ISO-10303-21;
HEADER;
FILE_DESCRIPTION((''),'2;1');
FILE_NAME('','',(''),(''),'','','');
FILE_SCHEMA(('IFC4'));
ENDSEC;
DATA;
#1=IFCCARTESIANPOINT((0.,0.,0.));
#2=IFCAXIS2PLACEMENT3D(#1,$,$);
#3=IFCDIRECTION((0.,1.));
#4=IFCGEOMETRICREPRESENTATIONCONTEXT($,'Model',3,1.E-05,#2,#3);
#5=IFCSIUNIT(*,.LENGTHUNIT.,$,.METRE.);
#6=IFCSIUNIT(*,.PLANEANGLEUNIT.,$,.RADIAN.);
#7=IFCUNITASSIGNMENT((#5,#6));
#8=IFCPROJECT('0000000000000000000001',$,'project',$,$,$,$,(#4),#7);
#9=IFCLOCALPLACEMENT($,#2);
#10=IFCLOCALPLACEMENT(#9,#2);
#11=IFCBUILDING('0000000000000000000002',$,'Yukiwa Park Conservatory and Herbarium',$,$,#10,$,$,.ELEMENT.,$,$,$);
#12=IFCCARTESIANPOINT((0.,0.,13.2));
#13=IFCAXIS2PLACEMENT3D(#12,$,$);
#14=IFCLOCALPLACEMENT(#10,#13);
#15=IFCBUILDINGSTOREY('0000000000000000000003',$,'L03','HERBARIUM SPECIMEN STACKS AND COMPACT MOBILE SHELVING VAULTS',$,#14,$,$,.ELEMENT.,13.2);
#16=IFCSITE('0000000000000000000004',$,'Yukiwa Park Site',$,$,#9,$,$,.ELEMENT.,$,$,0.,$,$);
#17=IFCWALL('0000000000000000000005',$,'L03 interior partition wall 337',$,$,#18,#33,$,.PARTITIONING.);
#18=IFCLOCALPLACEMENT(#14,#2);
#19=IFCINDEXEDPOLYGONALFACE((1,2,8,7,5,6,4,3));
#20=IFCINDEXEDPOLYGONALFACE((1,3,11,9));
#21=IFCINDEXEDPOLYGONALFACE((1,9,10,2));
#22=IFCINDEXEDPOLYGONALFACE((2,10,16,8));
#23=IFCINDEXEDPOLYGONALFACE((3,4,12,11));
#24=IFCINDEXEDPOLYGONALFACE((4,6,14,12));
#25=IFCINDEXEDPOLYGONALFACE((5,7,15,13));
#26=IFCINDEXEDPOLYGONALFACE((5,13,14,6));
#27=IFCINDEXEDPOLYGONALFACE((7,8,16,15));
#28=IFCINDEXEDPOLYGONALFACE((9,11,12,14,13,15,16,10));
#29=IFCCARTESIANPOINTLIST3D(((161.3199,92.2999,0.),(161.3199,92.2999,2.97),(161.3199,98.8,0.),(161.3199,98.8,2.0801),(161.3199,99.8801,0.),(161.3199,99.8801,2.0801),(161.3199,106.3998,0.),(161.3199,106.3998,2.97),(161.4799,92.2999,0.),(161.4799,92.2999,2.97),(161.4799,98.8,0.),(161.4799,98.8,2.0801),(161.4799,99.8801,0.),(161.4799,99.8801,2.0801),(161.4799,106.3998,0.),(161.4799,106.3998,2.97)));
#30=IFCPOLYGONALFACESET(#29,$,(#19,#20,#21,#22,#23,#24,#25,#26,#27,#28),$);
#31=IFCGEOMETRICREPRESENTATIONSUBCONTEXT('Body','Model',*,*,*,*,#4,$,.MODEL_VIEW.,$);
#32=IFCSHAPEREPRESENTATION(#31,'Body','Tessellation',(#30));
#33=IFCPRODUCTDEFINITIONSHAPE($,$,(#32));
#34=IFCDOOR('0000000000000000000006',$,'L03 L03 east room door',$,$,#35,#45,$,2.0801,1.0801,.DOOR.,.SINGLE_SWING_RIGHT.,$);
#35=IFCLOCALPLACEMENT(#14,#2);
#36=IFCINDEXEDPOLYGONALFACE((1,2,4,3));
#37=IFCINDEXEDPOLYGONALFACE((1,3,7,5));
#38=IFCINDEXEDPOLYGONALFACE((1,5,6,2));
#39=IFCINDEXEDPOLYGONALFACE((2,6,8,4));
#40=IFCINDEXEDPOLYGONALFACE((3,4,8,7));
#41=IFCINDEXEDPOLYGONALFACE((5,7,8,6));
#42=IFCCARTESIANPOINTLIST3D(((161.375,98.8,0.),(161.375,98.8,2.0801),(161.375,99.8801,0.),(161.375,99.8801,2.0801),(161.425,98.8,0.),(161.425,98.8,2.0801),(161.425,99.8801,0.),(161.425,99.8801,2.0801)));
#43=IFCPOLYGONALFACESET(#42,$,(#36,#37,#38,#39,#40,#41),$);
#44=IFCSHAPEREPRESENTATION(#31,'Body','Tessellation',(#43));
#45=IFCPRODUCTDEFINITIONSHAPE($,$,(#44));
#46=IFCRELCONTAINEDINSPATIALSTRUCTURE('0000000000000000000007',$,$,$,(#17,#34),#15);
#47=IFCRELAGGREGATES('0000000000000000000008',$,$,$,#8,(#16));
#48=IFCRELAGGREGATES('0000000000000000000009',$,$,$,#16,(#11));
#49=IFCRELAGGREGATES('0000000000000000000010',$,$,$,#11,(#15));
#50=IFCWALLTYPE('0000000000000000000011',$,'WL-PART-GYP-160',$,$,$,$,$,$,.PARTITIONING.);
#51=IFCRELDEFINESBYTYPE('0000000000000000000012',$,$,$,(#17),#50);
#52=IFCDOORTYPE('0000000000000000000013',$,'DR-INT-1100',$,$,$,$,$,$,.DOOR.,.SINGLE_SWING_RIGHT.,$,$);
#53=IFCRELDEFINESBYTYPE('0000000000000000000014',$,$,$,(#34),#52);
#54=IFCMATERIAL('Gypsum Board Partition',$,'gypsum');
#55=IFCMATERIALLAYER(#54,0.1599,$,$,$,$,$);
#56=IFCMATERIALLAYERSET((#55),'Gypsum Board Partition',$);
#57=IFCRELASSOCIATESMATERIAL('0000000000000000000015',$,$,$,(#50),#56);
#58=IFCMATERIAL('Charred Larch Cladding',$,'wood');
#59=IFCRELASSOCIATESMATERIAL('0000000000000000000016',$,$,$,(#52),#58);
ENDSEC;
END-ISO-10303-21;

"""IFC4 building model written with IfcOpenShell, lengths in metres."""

from ifc_helpers import new_model, si_unit, direction, frame, frame_2d, origin, place, context, subcontext, project, spatial, rectangle, extrude, material, layer, layer_set, type_object, element, fill, save


model = new_model("IFC4")

# Units and contexts
model_context = context("Model", 3, precision=1e-05, world=origin(), true_north=direction((0.0, 1.0)))
body_context = subcontext(model_context, "Body", "Model", "MODEL_VIEW")
ifc_project = project(units=[si_unit("LENGTHUNIT", "METRE"), si_unit("PLANEANGLEUNIT", "RADIAN")], contexts=[model_context])

# Site, building, storey
site_placement = place(None, origin())
site = spatial("IfcSite", under=ifc_project, at=site_placement, Name="Yukiwa Park Site", CompositionType="ELEMENT", RefElevation=0.0)
building_placement = place(site_placement, origin())
building = spatial("IfcBuilding", under=site, at=building_placement, Name="Yukiwa Park Conservatory and Herbarium", CompositionType="ELEMENT")
storey_placement = place(building_placement, frame((0.0, 0.0, 13.2)))
storey = spatial("IfcBuildingStorey", under=building, at=storey_placement, Name="L03", Description="HERBARIUM SPECIMEN STACKS AND COMPACT MOBILE SHELVING VAULTS", CompositionType="ELEMENT", Elevation=13.2)

# Wall, opening, door
ifc_material_1 = material(Name="Gypsum Board Partition", Category="gypsum")
ifc_layer_1 = layer(ifc_material_1, 0.1599)
ifc_layer_set_1 = layer_set([ifc_layer_1], Name="Gypsum Board Partition")
wall_type_1 = type_object("IfcWallType", Name="WL-PART-GYP-160", PredefinedType="PARTITIONING", material=ifc_layer_set_1)
wall_1_placement = place(storey_placement, frame((161.3999, 92.3, 0.0), z_axis=(0.0, 0.0, 1.0), x_axis=(0.0, 1.0, 0.0)))
wall_1 = element("IfcWall", 1, at=wall_1_placement, inside=storey, type_object=wall_type_1, Name="L03 interior partition wall 337", PredefinedType="PARTITIONING", context=body_context, shape_type="SweptSolid", body=[
    extrude(rectangle(XDim=14.0999, YDim=0.1599, at=frame_2d((7.0498, 0.0))), origin(), (0.0, 0.0, 1.0), 2.97),
])
opening_1_placement = place(wall_1_placement, frame((6.5, 0.0, 0.0)))
opening_1 = element("IfcOpeningElement", 2, at=opening_1_placement, cuts=wall_1, PredefinedType="OPENING", context=body_context, shape_type="SweptSolid", body=[
    extrude(rectangle(XDim=1.0801, YDim=2.0801, at=frame_2d((0.54, 1.04))), frame((0.0, 0.0898, 0.0), z_axis=(0.0, -1.0, 0.0), x_axis=(1.0, 0.0, 0.0)), (0.0, 0.0, 1.0), 0.1799),
])
ifc_material_2 = material(Name="Charred Larch Cladding", Category="wood")
door_type = type_object("IfcDoorType", Name="DR-INT-1100", OperationType="SINGLE_SWING_RIGHT", PredefinedType="DOOR", material=ifc_material_2)
door_placement = place(opening_1_placement, origin())
door = element("IfcDoor", 3, at=door_placement, inside=storey, type_object=door_type, Name="L03 L03 east room door", OperationType="SINGLE_SWING_RIGHT", OverallHeight=2.0801, OverallWidth=1.0801, PredefinedType="DOOR", context=body_context, shape_type="SweptSolid", body=[
    extrude(rectangle(XDim=1.0801, YDim=2.0801, at=frame_2d((0.54, 1.04))), frame((0.0, 0.0249, 0.0), z_axis=(0.0, -1.0, 0.0), x_axis=(1.0, 0.0, 0.0)), (0.0, 0.0, 1.0), 0.05),
])
fill(opening_1, door)

save(model, "model.ifc")
